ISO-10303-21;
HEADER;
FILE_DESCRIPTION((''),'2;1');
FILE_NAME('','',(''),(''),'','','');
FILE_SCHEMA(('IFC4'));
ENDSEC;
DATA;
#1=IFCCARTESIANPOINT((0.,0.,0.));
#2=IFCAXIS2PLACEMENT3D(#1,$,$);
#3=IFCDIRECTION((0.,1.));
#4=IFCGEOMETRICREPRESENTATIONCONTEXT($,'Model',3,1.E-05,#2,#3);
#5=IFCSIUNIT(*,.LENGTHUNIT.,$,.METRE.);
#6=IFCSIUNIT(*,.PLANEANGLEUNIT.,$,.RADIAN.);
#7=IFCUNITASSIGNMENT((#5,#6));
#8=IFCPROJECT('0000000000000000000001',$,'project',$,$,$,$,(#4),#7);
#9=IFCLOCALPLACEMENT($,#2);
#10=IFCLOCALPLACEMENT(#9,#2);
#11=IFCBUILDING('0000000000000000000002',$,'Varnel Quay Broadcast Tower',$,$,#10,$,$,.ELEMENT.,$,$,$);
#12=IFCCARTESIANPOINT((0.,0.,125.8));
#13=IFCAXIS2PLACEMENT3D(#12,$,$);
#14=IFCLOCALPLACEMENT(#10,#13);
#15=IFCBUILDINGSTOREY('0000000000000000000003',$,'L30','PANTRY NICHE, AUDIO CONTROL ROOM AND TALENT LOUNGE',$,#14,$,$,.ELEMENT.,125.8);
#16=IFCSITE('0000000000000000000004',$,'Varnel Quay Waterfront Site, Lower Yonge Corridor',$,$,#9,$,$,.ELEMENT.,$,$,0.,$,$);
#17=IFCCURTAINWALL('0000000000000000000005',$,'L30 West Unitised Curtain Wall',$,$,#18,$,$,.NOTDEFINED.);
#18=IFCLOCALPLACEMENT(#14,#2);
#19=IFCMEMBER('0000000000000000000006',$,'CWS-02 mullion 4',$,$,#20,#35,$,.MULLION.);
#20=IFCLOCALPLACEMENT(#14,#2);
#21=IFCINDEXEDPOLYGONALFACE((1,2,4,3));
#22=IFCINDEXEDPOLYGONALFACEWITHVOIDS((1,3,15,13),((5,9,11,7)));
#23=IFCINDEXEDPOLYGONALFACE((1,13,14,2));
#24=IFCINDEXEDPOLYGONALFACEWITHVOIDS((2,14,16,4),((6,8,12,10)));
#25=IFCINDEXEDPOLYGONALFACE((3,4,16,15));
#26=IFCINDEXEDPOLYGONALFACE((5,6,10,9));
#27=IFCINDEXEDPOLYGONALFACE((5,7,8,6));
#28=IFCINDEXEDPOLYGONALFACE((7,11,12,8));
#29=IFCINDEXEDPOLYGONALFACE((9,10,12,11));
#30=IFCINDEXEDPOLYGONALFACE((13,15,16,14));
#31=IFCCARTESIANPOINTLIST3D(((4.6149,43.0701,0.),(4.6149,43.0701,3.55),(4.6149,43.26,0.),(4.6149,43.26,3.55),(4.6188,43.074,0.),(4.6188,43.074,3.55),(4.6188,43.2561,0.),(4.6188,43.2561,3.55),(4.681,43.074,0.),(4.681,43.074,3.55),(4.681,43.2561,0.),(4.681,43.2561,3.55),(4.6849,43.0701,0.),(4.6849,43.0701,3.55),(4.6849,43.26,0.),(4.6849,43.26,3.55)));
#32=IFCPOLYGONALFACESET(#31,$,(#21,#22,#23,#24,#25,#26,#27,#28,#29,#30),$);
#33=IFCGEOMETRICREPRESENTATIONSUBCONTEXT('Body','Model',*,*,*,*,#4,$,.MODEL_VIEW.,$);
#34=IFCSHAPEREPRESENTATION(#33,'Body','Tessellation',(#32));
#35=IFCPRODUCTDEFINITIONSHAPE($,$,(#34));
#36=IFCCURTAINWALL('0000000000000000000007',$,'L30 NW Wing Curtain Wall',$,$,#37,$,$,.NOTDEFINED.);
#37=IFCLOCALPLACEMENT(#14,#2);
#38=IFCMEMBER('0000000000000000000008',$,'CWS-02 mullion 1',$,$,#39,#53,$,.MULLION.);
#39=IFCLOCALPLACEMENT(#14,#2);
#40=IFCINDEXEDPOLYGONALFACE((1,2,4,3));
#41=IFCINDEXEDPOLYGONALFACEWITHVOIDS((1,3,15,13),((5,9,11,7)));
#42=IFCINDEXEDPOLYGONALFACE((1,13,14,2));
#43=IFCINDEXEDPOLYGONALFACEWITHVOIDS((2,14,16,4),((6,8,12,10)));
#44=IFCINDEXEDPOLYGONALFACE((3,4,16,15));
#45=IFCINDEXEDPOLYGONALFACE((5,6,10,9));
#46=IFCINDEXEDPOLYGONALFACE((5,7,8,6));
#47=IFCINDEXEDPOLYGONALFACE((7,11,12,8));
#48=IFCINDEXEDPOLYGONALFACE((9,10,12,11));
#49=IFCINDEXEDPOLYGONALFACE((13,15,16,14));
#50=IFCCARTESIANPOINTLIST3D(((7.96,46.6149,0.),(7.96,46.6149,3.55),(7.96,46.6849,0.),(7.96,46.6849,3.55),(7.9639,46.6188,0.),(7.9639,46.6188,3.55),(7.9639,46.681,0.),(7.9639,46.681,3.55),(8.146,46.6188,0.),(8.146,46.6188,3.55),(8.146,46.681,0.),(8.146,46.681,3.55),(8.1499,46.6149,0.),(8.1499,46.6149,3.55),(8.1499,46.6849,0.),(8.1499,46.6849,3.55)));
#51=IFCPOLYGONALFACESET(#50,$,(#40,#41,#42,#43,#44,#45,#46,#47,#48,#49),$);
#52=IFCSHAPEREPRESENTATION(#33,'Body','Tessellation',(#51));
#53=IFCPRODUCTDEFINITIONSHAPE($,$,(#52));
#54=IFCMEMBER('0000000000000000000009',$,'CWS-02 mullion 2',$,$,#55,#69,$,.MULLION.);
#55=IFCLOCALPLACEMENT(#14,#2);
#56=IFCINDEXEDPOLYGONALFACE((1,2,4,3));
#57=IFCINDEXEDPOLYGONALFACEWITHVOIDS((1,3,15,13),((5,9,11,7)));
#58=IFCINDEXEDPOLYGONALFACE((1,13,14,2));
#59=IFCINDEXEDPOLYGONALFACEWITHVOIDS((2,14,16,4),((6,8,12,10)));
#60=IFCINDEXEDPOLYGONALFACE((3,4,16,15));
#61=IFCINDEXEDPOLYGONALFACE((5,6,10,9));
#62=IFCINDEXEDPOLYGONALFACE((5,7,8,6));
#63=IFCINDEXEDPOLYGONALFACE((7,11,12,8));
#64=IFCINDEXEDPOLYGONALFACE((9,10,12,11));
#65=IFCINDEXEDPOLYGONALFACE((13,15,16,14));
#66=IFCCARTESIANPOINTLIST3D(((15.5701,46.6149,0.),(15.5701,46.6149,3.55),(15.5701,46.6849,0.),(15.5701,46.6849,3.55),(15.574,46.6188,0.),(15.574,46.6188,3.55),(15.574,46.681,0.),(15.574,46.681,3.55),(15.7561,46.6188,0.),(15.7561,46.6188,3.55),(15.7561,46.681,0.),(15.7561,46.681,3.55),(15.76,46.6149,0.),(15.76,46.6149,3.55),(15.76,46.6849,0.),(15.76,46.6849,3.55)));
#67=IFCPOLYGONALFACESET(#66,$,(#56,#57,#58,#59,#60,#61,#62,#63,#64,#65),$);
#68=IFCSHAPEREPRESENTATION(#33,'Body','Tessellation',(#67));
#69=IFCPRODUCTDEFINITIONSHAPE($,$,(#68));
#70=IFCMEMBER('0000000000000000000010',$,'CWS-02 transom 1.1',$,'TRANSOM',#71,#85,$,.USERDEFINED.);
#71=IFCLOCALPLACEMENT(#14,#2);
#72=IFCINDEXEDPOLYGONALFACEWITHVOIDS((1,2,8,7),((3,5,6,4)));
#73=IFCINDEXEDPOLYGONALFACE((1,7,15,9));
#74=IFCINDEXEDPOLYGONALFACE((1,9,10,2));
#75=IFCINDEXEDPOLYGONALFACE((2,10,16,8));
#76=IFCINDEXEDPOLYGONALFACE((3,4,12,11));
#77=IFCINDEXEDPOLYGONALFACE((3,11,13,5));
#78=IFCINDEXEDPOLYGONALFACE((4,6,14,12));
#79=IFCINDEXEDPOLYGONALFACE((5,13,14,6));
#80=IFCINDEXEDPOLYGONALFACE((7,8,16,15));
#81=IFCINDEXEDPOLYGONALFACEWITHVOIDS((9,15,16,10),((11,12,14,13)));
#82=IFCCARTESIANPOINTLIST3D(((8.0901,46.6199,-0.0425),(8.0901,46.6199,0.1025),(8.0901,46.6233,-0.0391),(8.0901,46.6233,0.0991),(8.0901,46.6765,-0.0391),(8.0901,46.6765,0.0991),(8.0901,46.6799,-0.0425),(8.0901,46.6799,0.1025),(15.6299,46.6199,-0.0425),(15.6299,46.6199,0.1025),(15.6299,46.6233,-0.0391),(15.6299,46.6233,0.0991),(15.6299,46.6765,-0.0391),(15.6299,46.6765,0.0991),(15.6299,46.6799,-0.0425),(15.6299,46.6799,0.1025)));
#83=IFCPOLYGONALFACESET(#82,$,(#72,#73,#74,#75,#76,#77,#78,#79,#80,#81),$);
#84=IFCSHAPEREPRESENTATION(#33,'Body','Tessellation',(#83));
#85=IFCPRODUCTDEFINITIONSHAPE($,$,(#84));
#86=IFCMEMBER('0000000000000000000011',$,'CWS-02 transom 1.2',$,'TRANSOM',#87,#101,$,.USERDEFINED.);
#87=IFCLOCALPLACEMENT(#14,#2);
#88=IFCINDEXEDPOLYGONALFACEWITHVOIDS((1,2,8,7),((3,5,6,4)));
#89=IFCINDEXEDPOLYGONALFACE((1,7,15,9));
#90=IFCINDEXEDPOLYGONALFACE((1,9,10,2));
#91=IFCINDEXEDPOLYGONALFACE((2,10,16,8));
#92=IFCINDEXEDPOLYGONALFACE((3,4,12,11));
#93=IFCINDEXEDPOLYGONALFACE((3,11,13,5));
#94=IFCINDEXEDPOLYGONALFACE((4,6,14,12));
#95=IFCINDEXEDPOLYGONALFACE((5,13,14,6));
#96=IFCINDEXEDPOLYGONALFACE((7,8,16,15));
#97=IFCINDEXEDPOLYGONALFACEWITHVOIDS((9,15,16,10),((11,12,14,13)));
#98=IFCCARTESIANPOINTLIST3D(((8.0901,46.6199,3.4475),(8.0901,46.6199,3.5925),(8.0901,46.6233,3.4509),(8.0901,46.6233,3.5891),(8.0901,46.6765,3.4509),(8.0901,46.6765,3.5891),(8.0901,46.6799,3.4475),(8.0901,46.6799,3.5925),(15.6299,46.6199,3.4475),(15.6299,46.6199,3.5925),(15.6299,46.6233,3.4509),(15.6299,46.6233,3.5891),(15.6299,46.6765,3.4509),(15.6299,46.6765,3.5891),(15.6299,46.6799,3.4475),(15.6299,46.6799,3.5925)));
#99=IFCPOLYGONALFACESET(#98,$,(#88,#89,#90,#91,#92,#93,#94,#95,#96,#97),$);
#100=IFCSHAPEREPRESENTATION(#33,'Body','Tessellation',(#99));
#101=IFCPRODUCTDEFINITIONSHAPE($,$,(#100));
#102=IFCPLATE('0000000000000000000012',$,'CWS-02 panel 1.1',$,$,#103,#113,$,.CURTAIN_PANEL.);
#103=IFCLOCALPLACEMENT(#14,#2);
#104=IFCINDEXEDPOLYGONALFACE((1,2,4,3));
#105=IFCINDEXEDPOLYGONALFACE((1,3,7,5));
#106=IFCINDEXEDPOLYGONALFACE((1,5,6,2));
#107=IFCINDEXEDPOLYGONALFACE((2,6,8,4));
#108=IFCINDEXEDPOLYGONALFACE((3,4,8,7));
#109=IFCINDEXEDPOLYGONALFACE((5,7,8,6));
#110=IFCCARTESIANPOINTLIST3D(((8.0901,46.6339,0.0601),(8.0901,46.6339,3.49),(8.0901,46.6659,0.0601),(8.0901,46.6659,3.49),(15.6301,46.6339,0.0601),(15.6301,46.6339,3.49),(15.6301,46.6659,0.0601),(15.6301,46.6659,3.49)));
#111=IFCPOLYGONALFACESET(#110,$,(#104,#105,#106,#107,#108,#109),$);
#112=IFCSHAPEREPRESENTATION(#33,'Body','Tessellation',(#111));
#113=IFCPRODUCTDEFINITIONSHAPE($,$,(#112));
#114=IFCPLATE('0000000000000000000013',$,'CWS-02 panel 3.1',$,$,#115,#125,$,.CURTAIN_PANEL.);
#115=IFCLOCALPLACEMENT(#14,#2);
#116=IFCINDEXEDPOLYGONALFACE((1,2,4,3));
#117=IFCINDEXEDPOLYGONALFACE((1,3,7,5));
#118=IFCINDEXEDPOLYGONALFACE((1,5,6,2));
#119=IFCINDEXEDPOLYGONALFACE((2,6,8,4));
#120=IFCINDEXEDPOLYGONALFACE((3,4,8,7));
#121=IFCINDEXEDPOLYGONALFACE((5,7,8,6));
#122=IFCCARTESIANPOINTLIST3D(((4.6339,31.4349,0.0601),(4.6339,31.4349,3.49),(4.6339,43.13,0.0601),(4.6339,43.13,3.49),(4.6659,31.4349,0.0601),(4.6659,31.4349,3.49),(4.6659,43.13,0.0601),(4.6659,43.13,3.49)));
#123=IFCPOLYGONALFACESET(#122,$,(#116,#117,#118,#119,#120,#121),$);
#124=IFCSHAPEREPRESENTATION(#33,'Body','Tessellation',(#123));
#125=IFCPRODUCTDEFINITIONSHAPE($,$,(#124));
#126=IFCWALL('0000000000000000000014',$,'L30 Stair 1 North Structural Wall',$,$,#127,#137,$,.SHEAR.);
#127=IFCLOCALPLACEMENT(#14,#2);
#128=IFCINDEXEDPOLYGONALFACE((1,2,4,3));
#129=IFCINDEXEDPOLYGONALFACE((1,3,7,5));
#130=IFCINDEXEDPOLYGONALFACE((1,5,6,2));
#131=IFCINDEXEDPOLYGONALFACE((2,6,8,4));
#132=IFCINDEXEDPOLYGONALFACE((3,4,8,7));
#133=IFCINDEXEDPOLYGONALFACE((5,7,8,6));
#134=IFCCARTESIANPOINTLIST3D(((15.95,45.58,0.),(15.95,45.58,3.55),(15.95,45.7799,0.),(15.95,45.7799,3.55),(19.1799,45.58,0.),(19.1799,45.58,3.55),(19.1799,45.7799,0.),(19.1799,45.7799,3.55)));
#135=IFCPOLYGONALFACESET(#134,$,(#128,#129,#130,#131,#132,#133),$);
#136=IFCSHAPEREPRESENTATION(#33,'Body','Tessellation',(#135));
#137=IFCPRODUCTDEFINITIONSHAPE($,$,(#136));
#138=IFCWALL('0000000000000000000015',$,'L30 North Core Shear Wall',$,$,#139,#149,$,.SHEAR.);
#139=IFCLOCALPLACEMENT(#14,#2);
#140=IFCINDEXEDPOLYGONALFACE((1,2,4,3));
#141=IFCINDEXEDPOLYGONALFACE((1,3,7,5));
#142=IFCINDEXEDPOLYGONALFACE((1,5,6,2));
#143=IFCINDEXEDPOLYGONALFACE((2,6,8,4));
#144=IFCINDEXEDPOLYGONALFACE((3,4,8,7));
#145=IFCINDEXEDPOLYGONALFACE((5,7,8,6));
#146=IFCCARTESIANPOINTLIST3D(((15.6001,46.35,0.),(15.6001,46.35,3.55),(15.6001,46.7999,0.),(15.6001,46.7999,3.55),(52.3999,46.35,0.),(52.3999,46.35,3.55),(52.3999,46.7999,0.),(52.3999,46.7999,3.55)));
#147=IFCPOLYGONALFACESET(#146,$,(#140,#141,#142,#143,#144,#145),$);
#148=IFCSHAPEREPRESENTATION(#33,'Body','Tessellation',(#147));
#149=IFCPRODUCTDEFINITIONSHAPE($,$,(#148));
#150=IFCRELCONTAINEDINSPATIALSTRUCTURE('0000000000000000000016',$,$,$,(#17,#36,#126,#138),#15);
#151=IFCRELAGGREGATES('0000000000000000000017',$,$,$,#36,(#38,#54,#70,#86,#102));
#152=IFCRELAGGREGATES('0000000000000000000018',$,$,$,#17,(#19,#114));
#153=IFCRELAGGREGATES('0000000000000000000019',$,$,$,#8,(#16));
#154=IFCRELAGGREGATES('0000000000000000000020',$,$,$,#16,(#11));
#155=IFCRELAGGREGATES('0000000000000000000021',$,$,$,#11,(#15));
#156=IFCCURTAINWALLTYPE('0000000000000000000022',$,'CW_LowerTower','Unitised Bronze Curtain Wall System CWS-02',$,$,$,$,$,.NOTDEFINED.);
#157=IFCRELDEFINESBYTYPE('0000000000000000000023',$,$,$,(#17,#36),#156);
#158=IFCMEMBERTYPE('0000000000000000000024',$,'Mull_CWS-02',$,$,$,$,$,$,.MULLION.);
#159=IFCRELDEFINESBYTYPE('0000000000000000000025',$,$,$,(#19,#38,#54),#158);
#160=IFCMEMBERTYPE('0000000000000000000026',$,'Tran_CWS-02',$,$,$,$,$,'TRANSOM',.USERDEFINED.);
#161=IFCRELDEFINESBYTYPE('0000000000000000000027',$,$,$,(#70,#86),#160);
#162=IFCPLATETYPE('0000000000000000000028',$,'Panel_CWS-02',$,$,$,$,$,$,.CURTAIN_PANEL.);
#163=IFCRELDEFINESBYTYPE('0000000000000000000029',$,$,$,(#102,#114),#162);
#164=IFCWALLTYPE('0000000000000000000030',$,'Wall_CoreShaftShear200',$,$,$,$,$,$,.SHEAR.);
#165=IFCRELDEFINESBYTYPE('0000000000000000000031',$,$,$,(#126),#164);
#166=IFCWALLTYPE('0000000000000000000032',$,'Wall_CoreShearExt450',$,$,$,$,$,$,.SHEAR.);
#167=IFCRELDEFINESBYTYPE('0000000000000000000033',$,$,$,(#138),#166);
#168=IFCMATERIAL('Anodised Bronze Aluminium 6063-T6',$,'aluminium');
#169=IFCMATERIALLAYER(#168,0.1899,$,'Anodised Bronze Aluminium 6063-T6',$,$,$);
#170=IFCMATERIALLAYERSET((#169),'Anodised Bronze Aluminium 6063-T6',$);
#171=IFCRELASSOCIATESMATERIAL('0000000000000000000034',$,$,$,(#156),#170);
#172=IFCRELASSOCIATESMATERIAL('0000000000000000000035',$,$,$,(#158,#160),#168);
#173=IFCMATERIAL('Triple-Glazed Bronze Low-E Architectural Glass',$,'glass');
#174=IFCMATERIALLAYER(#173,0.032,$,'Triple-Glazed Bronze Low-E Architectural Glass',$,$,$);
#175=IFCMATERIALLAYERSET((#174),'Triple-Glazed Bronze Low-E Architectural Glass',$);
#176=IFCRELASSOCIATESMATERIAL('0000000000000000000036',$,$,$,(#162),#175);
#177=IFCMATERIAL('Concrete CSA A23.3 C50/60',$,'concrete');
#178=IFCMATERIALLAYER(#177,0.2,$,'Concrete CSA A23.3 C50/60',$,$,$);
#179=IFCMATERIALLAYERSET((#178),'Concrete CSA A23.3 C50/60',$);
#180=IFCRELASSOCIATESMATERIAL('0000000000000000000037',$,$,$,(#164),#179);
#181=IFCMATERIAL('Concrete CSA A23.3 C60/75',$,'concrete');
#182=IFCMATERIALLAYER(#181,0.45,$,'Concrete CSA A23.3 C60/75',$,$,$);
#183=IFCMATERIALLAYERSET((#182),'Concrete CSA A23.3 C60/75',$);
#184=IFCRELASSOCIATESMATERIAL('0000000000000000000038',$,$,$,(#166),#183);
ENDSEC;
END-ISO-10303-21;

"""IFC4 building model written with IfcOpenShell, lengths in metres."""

from ifc_helpers import new_model, si_unit, direction, frame, frame_2d, origin, origin_2d, place, context, subcontext, project, spatial, rectangle, hollow_rectangle, extrude, source, transform, mapped, material, layer, layer_set, material_profile, profile_set, type_object, type_shapes, element, aggregate, save


model = new_model("IFC4")

# Units and contexts
model_context = context("Model", 3, precision=1e-05, world=origin(), true_north=direction((0.0, 1.0)))
body_context = subcontext(model_context, "Body", "Model", "MODEL_VIEW")
ifc_project = project(units=[si_unit("LENGTHUNIT", "METRE"), si_unit("PLANEANGLEUNIT", "RADIAN")], contexts=[model_context])

# Site, building, storey
site_placement = place(None, origin())
site = spatial("IfcSite", under=ifc_project, at=site_placement, Name="Varnel Quay Waterfront Site, Lower Yonge Corridor", CompositionType="ELEMENT", RefElevation=0.0)
building_placement = place(site_placement, origin())
building = spatial("IfcBuilding", under=site, at=building_placement, Name="Varnel Quay Broadcast Tower", CompositionType="ELEMENT")
storey_placement = place(building_placement, frame((0.0, 0.0, 125.8)))
storey = spatial("IfcBuildingStorey", under=building, at=storey_placement, Name="L30", Description="PANTRY NICHE, AUDIO CONTROL ROOM AND TALENT LOUNGE", CompositionType="ELEMENT", Elevation=125.8)

# Curtain wall, member
ifc_material_1 = material(Name="Anodised Bronze Aluminium 6063-T6", Category="aluminium")
ifc_layer_1 = layer(ifc_material_1, 0.1899, Name="Anodised Bronze Aluminium 6063-T6")
ifc_layer_set_1 = layer_set([ifc_layer_1], Name="Anodised Bronze Aluminium 6063-T6")
curtain_wall_type = type_object("IfcCurtainWallType", Name="CW_LowerTower", Description="Unitised Bronze Curtain Wall System CWS-02", PredefinedType="NOTDEFINED", material=ifc_layer_set_1)
curtain_wall_1_placement = place(storey_placement, origin())
curtain_wall_1 = element("IfcCurtainWall", 1, at=curtain_wall_1_placement, inside=storey, type_object=curtain_wall_type, Name="L30 West Unitised Curtain Wall", PredefinedType="NOTDEFINED")
ifc_material_profile_1 = material_profile(ifc_material_1, hollow_rectangle(XDim=0.0701, YDim=0.1899, WallThickness=0.0039, at=origin_2d()), Name="ALU70X190X4")
ifc_profile_set_1 = profile_set([ifc_material_profile_1], Name="Anodised Bronze Aluminium 6063-T6")
member_type_1 = type_object("IfcMemberType", Name="Mull_CWS-02", PredefinedType="MULLION", material=ifc_profile_set_1)
shared_shape_1 = source(origin(), body_context, "Body", "SweptSolid", [
    extrude(hollow_rectangle(XDim=0.0701, YDim=0.1899, WallThickness=0.0039, at=origin_2d()), origin(), (0.0, 0.0, 1.0), 3.55),
])
type_shapes(member_type_1, [shared_shape_1])
member_1_placement = place(storey_placement, frame((4.6499, 43.165, 0.0), z_axis=(0.0, 0.0, 1.0), x_axis=(-1.0, 0.0, 0.0)))
member_1 = element("IfcMember", 2, at=member_1_placement, type_object=member_type_1, Name="CWS-02 mullion 4", PredefinedType="MULLION", context=body_context, shape_type="MappedRepresentation", body=[
    mapped(shared_shape_1, transform((0.0, 0.0, 0.0), x_axis=(1.0, 0.0, 0.0), y_axis=(0.0, 1.0, 0.0), z_axis=(0.0, 0.0, 1.0), scale=1.0)),
])

# Curtain wall, members, plate
curtain_wall_2_placement = place(storey_placement, origin())
curtain_wall_2 = element("IfcCurtainWall", 3, at=curtain_wall_2_placement, inside=storey, type_object=curtain_wall_type, Name="L30 NW Wing Curtain Wall", PredefinedType="NOTDEFINED")
member_2_placement = place(storey_placement, frame((8.0549, 46.6499, 0.0), z_axis=(0.0, 0.0, 1.0), x_axis=(0.0, 1.0, 0.0)))
member_2 = element("IfcMember", 4, at=member_2_placement, type_object=member_type_1, Name="CWS-02 mullion 1", PredefinedType="MULLION", context=body_context, shape_type="MappedRepresentation", body=[
    mapped(shared_shape_1, transform((0.0, 0.0, 0.0), x_axis=(1.0, 0.0, 0.0), y_axis=(0.0, 1.0, 0.0), z_axis=(0.0, 0.0, 1.0), scale=1.0)),
])
member_3_placement = place(storey_placement, frame((15.665, 46.6499, 0.0), z_axis=(0.0, 0.0, 1.0), x_axis=(0.0, 1.0, 0.0)))
member_3 = element("IfcMember", 5, at=member_3_placement, type_object=member_type_1, Name="CWS-02 mullion 2", PredefinedType="MULLION", context=body_context, shape_type="MappedRepresentation", body=[
    mapped(shared_shape_1, transform((0.0, 0.0, 0.0), x_axis=(1.0, 0.0, 0.0), y_axis=(0.0, 1.0, 0.0), z_axis=(0.0, 0.0, 1.0), scale=1.0)),
])
ifc_material_profile_2 = material_profile(ifc_material_1, hollow_rectangle(XDim=0.0601, YDim=0.145, WallThickness=0.0034, at=origin_2d()), Name="ALU60X145X3.5")
ifc_profile_set_2 = profile_set([ifc_material_profile_2], Name="Anodised Bronze Aluminium 6063-T6")
member_type_2 = type_object("IfcMemberType", Name="Tran_CWS-02", ElementType="TRANSOM", PredefinedType="USERDEFINED", material=ifc_profile_set_2)
shared_shape_2 = source(origin(), body_context, "Body", "SweptSolid", [
    extrude(hollow_rectangle(XDim=0.0601, YDim=0.145, WallThickness=0.0034, at=origin_2d()), origin(), (0.0, 0.0, 1.0), 7.5398),
])
type_shapes(member_type_2, [shared_shape_2])
member_4_placement = place(storey_placement, frame((8.0901, 46.6499, 0.03), z_axis=(1.0, 0.0, 0.0), x_axis=(0.0, 1.0, 0.0)))
member_4 = element("IfcMember", 6, at=member_4_placement, type_object=member_type_2, Name="CWS-02 transom 1.1", ObjectType="TRANSOM", PredefinedType="USERDEFINED", context=body_context, shape_type="MappedRepresentation", body=[
    mapped(shared_shape_2, transform((0.0, 0.0, 0.0), x_axis=(1.0, 0.0, 0.0), y_axis=(0.0, 1.0, 0.0), z_axis=(0.0, 0.0, 1.0), scale=1.0)),
])
member_5_placement = place(storey_placement, frame((8.0901, 46.6499, 3.52), z_axis=(1.0, 0.0, 0.0), x_axis=(0.0, 1.0, 0.0)))
member_5 = element("IfcMember", 7, at=member_5_placement, type_object=member_type_2, Name="CWS-02 transom 1.2", ObjectType="TRANSOM", PredefinedType="USERDEFINED", context=body_context, shape_type="MappedRepresentation", body=[
    mapped(shared_shape_2, transform((0.0, 0.0, 0.0), x_axis=(1.0, 0.0, 0.0), y_axis=(0.0, 1.0, 0.0), z_axis=(0.0, 0.0, 1.0), scale=1.0)),
])
ifc_material_2 = material(Name="Triple-Glazed Bronze Low-E Architectural Glass", Category="glass")
ifc_layer_2 = layer(ifc_material_2, 0.032, Name="Triple-Glazed Bronze Low-E Architectural Glass")
ifc_layer_set_2 = layer_set([ifc_layer_2], Name="Triple-Glazed Bronze Low-E Architectural Glass")
plate_type = type_object("IfcPlateType", Name="Panel_CWS-02", PredefinedType="CURTAIN_PANEL", material=ifc_layer_set_2)
shared_shape_3 = source(origin(), body_context, "Body", "SweptSolid", [
    extrude(rectangle(XDim=7.54, YDim=0.032, at=origin_2d()), origin(), (0.0, 0.0, 1.0), 3.4299),
])
plate_1_placement = place(storey_placement, frame((11.8601, 46.6499, 0.0601), z_axis=(0.0, 0.0, 1.0), x_axis=(1.0, 0.0, 0.0)))
plate_1 = element("IfcPlate", 8, at=plate_1_placement, type_object=plate_type, Name="CWS-02 panel 1.1", PredefinedType="CURTAIN_PANEL", context=body_context, shape_type="MappedRepresentation", body=[
    mapped(shared_shape_3, transform((0.0, 0.0, 0.0), x_axis=(1.0, 0.0, 0.0), y_axis=(0.0, 1.0, 0.0), z_axis=(0.0, 0.0, 1.0), scale=1.0)),
])
aggregate(curtain_wall_2, [member_2, member_3, member_4, member_5, plate_1])

# Plate
shared_shape_4 = source(origin(), body_context, "Body", "SweptSolid", [
    extrude(rectangle(XDim=11.6951, YDim=0.032, at=origin_2d()), origin(), (0.0, 0.0, 1.0), 3.4299),
])
type_shapes(plate_type, [shared_shape_3, shared_shape_4])
plate_2_placement = place(storey_placement, frame((4.6499, 37.2825, 0.0601), z_axis=(0.0, 0.0, 1.0), x_axis=(0.0, 1.0, 0.0)))
plate_2 = element("IfcPlate", 9, at=plate_2_placement, type_object=plate_type, Name="CWS-02 panel 3.1", PredefinedType="CURTAIN_PANEL", context=body_context, shape_type="MappedRepresentation", body=[
    mapped(shared_shape_4, transform((0.0, 0.0, 0.0), x_axis=(1.0, 0.0, 0.0), y_axis=(0.0, 1.0, 0.0), z_axis=(0.0, 0.0, 1.0), scale=1.0)),
])
aggregate(curtain_wall_1, [member_1, plate_2])

# Walls
ifc_material_3 = material(Name="Concrete CSA A23.3 C50/60", Category="concrete")
ifc_layer_3 = layer(ifc_material_3, 0.2, Name="Concrete CSA A23.3 C50/60")
ifc_layer_set_3 = layer_set([ifc_layer_3], Name="Concrete CSA A23.3 C50/60")
wall_type_1 = type_object("IfcWallType", Name="Wall_CoreShaftShear200", PredefinedType="SHEAR", material=ifc_layer_set_3)
wall_1_placement = place(storey_placement, frame((15.95, 45.6799, 0.0), z_axis=(0.0, 0.0, 1.0), x_axis=(1.0, 0.0, 0.0)))
element("IfcWall", 10, at=wall_1_placement, inside=storey, type_object=wall_type_1, Name="L30 Stair 1 North Structural Wall", PredefinedType="SHEAR", context=body_context, shape_type="SweptSolid", body=[
    extrude(rectangle(XDim=3.23, YDim=0.2, at=frame_2d((1.615, 0.0))), origin(), (0.0, 0.0, 1.0), 3.55),
])
ifc_material_4 = material(Name="Concrete CSA A23.3 C60/75", Category="concrete")
ifc_layer_4 = layer(ifc_material_4, 0.45, Name="Concrete CSA A23.3 C60/75")
ifc_layer_set_4 = layer_set([ifc_layer_4], Name="Concrete CSA A23.3 C60/75")
wall_type_2 = type_object("IfcWallType", Name="Wall_CoreShearExt450", PredefinedType="SHEAR", material=ifc_layer_set_4)
wall_2_placement = place(storey_placement, frame((15.6001, 46.575, 0.0), z_axis=(0.0, 0.0, 1.0), x_axis=(1.0, 0.0, 0.0)))
element("IfcWall", 11, at=wall_2_placement, inside=storey, type_object=wall_type_2, Name="L30 North Core Shear Wall", PredefinedType="SHEAR", context=body_context, shape_type="SweptSolid", body=[
    extrude(rectangle(XDim=36.7998, YDim=0.45, at=frame_2d((18.3999, 0.0))), origin(), (0.0, 0.0, 1.0), 3.55),
])

save(model, "model.ifc")
